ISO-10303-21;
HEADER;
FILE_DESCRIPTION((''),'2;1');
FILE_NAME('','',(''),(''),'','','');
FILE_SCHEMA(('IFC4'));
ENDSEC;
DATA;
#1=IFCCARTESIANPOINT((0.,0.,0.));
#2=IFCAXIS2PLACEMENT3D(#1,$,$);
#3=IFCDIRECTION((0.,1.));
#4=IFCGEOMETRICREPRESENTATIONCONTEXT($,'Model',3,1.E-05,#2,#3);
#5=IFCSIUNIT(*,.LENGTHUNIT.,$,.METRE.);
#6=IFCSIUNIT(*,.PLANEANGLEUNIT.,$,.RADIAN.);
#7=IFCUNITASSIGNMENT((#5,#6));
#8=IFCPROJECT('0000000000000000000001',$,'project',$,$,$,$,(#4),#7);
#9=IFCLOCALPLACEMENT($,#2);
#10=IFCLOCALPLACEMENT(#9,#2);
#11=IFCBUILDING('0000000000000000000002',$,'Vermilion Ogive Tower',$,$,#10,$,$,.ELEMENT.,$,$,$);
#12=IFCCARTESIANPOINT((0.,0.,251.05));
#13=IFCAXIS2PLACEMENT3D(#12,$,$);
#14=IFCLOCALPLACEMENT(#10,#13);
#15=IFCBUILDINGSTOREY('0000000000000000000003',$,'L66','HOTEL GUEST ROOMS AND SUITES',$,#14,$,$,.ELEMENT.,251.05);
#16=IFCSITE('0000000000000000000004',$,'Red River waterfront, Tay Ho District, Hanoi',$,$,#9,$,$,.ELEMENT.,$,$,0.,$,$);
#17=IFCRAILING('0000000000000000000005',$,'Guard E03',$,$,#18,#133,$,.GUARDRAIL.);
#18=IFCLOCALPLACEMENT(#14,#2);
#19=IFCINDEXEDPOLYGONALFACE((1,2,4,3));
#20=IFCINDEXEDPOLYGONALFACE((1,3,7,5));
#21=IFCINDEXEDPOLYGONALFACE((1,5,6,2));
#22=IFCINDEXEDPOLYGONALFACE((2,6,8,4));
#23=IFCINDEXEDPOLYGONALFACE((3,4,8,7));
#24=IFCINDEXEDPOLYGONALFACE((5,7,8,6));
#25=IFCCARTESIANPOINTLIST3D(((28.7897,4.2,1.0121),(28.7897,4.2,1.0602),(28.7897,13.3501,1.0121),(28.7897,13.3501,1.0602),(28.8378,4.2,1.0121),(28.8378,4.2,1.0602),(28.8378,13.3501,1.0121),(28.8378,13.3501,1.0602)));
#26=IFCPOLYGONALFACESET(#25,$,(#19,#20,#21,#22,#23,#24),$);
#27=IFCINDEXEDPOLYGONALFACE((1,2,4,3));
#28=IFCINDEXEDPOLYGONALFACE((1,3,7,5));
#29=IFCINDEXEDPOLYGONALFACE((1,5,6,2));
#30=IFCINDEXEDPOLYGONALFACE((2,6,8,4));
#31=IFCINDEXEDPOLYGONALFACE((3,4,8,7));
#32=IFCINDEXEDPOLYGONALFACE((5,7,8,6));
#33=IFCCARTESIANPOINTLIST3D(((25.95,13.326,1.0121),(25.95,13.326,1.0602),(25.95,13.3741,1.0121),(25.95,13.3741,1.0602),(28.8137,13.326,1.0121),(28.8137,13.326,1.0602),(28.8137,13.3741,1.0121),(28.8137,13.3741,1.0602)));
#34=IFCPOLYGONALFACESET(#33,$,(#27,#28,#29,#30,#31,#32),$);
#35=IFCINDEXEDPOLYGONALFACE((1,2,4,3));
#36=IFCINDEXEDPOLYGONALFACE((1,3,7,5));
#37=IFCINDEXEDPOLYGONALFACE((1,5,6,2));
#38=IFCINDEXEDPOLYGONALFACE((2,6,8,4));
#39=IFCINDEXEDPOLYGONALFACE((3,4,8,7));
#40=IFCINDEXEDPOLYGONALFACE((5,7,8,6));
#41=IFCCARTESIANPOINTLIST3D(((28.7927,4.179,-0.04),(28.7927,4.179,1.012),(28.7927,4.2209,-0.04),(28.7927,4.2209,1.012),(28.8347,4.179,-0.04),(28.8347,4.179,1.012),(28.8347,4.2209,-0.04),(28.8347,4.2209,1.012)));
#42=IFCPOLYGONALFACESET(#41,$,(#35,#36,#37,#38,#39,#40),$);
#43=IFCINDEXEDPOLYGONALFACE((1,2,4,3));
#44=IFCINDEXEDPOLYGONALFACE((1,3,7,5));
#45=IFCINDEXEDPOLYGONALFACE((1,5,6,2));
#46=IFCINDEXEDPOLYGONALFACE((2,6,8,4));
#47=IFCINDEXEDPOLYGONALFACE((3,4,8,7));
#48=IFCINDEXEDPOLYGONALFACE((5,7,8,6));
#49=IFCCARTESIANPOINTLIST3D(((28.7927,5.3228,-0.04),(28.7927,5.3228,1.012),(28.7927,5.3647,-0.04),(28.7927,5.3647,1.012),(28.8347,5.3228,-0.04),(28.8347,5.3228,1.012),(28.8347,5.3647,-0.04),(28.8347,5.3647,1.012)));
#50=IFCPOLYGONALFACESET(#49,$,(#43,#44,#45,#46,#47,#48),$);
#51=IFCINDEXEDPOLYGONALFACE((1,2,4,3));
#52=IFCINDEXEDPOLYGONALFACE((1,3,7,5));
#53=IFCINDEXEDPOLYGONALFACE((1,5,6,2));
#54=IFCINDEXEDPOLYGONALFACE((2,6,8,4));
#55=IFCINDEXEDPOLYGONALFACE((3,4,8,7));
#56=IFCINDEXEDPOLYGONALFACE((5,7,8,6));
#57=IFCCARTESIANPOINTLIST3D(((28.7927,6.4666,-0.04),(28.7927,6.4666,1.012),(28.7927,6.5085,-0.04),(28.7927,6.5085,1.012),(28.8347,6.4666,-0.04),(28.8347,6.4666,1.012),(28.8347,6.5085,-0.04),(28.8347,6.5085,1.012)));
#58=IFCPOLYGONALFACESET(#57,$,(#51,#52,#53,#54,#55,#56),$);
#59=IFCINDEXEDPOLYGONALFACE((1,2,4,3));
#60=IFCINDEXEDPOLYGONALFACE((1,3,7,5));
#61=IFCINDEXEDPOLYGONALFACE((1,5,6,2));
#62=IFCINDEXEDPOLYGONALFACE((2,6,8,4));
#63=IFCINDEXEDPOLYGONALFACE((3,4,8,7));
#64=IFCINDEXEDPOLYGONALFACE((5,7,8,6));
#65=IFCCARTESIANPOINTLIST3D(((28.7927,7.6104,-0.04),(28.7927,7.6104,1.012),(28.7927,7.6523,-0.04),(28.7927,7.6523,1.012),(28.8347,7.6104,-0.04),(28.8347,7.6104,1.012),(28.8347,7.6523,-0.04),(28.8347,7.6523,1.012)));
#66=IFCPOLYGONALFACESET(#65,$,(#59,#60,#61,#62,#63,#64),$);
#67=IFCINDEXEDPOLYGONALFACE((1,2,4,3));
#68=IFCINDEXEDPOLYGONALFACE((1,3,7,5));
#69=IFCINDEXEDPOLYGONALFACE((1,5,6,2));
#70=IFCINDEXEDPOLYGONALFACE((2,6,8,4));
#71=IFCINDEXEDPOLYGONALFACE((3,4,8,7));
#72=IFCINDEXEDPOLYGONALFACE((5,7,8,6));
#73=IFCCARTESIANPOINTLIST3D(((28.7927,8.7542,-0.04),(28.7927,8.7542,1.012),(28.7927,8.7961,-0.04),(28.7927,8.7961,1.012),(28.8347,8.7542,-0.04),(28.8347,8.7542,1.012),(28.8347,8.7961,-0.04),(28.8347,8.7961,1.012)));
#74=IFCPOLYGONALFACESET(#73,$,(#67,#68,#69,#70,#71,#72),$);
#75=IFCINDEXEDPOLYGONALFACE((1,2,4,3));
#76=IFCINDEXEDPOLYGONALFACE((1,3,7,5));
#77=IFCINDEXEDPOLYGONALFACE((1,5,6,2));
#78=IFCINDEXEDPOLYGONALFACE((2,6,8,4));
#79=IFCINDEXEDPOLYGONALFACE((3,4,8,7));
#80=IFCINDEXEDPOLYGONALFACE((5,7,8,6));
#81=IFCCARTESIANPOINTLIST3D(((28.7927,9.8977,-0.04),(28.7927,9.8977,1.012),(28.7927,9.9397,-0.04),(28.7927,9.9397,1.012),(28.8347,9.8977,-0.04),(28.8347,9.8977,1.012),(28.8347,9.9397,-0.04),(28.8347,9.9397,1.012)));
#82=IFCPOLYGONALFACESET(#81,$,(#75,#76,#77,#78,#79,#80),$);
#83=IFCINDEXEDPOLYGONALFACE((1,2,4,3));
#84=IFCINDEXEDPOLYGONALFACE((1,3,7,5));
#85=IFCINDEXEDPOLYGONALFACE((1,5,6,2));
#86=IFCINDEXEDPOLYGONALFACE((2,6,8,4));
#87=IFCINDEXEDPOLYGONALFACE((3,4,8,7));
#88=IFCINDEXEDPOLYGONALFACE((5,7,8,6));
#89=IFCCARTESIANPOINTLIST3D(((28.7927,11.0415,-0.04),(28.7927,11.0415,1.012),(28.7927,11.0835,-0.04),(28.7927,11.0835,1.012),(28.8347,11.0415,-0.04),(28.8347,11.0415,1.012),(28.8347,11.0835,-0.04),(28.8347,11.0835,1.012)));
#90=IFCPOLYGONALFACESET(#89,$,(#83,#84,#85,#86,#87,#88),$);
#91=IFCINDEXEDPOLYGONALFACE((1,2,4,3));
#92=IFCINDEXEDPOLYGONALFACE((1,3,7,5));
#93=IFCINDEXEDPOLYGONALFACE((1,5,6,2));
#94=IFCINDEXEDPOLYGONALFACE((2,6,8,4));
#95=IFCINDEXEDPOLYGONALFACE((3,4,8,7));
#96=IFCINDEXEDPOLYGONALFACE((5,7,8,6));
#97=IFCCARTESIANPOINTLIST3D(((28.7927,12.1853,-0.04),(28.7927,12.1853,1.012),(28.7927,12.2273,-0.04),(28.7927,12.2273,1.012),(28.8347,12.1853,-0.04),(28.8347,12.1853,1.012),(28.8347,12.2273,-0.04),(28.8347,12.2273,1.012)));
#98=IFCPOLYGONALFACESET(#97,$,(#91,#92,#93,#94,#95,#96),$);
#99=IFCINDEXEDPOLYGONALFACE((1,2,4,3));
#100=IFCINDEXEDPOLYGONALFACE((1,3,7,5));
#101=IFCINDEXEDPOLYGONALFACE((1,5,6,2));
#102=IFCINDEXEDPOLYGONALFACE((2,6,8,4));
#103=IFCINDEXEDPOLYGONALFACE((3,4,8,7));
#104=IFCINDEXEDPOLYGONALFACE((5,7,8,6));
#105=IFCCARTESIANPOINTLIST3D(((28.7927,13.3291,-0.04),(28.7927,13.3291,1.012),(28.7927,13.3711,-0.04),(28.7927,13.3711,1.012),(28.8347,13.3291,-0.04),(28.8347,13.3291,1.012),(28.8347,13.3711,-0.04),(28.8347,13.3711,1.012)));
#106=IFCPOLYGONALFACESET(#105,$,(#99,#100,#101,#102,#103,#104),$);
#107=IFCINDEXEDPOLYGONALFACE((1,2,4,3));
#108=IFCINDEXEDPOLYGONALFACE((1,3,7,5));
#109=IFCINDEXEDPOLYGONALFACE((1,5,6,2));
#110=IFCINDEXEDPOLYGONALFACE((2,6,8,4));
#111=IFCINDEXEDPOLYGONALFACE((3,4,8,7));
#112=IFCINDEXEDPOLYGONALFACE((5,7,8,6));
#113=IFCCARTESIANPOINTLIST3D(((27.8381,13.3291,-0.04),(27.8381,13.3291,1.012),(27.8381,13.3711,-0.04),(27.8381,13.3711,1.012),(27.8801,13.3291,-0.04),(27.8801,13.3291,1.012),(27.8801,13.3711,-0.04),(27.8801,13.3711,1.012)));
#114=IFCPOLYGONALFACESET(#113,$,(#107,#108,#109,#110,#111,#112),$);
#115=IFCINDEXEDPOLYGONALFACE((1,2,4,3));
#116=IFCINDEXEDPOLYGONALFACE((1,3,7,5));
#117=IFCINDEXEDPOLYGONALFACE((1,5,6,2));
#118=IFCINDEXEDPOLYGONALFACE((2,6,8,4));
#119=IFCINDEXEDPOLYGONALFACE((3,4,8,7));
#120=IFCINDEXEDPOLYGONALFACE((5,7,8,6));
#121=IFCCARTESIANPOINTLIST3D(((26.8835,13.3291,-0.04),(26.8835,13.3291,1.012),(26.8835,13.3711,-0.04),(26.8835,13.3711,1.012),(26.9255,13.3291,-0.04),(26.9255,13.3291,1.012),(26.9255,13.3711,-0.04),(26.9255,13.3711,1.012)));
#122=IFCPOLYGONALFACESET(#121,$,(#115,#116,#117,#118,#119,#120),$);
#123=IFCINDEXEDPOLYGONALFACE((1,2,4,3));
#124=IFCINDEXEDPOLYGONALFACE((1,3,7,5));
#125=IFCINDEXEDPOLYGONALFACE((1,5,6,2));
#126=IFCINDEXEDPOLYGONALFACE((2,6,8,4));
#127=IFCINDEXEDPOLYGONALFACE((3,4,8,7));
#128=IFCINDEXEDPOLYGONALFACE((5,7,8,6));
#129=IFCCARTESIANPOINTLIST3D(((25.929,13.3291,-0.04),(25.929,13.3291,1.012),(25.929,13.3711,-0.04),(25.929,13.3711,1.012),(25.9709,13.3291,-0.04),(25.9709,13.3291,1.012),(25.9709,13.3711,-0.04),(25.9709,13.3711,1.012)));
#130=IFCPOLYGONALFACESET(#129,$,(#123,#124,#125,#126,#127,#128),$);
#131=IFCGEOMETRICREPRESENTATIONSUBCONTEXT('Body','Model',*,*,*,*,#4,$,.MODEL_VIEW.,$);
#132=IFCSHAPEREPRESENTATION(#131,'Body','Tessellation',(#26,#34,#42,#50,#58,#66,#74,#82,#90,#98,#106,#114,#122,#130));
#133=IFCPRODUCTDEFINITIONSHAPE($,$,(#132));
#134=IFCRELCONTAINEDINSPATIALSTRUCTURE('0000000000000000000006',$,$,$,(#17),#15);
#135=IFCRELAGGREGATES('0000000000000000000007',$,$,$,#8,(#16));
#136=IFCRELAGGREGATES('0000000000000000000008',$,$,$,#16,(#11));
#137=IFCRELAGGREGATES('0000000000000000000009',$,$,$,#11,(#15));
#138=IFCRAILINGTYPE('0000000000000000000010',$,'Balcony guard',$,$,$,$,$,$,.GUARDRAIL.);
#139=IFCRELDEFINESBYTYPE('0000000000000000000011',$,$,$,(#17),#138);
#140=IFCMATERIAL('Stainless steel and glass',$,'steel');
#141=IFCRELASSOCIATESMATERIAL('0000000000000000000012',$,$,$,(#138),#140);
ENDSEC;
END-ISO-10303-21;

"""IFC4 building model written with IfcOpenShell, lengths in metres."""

from ifc_helpers import new_model, si_unit, direction, frame, origin, origin_2d, place, context, subcontext, project, spatial, rectangle, extrude, material, type_object, element, save


model = new_model("IFC4")

# Units and contexts
model_context = context("Model", 3, precision=1e-05, world=origin(), true_north=direction((0.0, 1.0)))
body_context = subcontext(model_context, "Body", "Model", "MODEL_VIEW")
ifc_project = project(units=[si_unit("LENGTHUNIT", "METRE"), si_unit("PLANEANGLEUNIT", "RADIAN")], contexts=[model_context])

# Site, building, storey
site_placement = place(None, origin())
site = spatial("IfcSite", under=ifc_project, at=site_placement, Name="Red River waterfront, Tay Ho District, Hanoi", CompositionType="ELEMENT", RefElevation=0.0)
building_placement = place(site_placement, origin())
building = spatial("IfcBuilding", under=site, at=building_placement, Name="Vermilion Ogive Tower", CompositionType="ELEMENT")
storey_placement = place(building_placement, frame((0.0, 0.0, 251.05)))
storey = spatial("IfcBuildingStorey", under=building, at=storey_placement, Name="L66", Description="HOTEL GUEST ROOMS AND SUITES", CompositionType="ELEMENT", Elevation=251.05)

# Railing
ifc_material_1 = material(Name="Stainless steel and glass", Category="steel")
railing_type_1 = type_object("IfcRailingType", Name="Balcony guard", PredefinedType="GUARDRAIL", material=ifc_material_1)
railing_1_placement = place(storey_placement, frame((28.8137, 4.2, -0.04)))
element("IfcRailing", 1, at=railing_1_placement, inside=storey, type_object=railing_type_1, Name="Guard E03", PredefinedType="GUARDRAIL", context=body_context, shape_type="SweptSolid", body=[
    extrude(rectangle(XDim=0.0481, YDim=0.0481, at=origin_2d()), frame((0.0, 0.0, 1.0762), z_axis=(0.0, 1.0, 0.0), x_axis=(-1.0, 0.0, 0.0)), (0.0, 0.0, 1.0), 9.1501),
    extrude(rectangle(XDim=0.0481, YDim=0.0481, at=origin_2d()), frame((0.0, 9.1501, 1.0762), z_axis=(-1.0, 0.0, 0.0), x_axis=(0.0, -1.0, 0.0)), (0.0, 0.0, 1.0), 2.8638),
    extrude(rectangle(XDim=0.042, YDim=0.042, at=origin_2d()), origin(), (0.0, 0.0, 1.0), 1.052),
    extrude(rectangle(XDim=0.042, YDim=0.042, at=origin_2d()), frame((0.0, 1.1438, 0.0)), (0.0, 0.0, 1.0), 1.052),
    extrude(rectangle(XDim=0.042, YDim=0.042, at=origin_2d()), frame((0.0, 2.2876, 0.0)), (0.0, 0.0, 1.0), 1.052),
    extrude(rectangle(XDim=0.042, YDim=0.042, at=origin_2d()), frame((0.0, 3.4314, 0.0)), (0.0, 0.0, 1.0), 1.052),
    extrude(rectangle(XDim=0.042, YDim=0.042, at=origin_2d()), frame((0.0, 4.5752, 0.0)), (0.0, 0.0, 1.0), 1.052),
    extrude(rectangle(XDim=0.042, YDim=0.042, at=origin_2d()), frame((0.0, 5.7188, 0.0)), (0.0, 0.0, 1.0), 1.052),
    extrude(rectangle(XDim=0.042, YDim=0.042, at=origin_2d()), frame((0.0, 6.8625, 0.0)), (0.0, 0.0, 1.0), 1.052),
    extrude(rectangle(XDim=0.042, YDim=0.042, at=origin_2d()), frame((0.0, 8.0063, 0.0)), (0.0, 0.0, 1.0), 1.052),
    extrude(rectangle(XDim=0.042, YDim=0.042, at=origin_2d()), frame((0.0, 9.1501, 0.0)), (0.0, 0.0, 1.0), 1.052),
    extrude(rectangle(XDim=0.042, YDim=0.042, at=origin_2d()), frame((-0.9546, 9.1501, 0.0)), (0.0, 0.0, 1.0), 1.052),
    extrude(rectangle(XDim=0.042, YDim=0.042, at=origin_2d()), frame((-1.9092, 9.1501, 0.0)), (0.0, 0.0, 1.0), 1.052),
    extrude(rectangle(XDim=0.042, YDim=0.042, at=origin_2d()), frame((-2.8638, 9.1501, 0.0)), (0.0, 0.0, 1.0), 1.052),
])

save(model, "model.ifc")
